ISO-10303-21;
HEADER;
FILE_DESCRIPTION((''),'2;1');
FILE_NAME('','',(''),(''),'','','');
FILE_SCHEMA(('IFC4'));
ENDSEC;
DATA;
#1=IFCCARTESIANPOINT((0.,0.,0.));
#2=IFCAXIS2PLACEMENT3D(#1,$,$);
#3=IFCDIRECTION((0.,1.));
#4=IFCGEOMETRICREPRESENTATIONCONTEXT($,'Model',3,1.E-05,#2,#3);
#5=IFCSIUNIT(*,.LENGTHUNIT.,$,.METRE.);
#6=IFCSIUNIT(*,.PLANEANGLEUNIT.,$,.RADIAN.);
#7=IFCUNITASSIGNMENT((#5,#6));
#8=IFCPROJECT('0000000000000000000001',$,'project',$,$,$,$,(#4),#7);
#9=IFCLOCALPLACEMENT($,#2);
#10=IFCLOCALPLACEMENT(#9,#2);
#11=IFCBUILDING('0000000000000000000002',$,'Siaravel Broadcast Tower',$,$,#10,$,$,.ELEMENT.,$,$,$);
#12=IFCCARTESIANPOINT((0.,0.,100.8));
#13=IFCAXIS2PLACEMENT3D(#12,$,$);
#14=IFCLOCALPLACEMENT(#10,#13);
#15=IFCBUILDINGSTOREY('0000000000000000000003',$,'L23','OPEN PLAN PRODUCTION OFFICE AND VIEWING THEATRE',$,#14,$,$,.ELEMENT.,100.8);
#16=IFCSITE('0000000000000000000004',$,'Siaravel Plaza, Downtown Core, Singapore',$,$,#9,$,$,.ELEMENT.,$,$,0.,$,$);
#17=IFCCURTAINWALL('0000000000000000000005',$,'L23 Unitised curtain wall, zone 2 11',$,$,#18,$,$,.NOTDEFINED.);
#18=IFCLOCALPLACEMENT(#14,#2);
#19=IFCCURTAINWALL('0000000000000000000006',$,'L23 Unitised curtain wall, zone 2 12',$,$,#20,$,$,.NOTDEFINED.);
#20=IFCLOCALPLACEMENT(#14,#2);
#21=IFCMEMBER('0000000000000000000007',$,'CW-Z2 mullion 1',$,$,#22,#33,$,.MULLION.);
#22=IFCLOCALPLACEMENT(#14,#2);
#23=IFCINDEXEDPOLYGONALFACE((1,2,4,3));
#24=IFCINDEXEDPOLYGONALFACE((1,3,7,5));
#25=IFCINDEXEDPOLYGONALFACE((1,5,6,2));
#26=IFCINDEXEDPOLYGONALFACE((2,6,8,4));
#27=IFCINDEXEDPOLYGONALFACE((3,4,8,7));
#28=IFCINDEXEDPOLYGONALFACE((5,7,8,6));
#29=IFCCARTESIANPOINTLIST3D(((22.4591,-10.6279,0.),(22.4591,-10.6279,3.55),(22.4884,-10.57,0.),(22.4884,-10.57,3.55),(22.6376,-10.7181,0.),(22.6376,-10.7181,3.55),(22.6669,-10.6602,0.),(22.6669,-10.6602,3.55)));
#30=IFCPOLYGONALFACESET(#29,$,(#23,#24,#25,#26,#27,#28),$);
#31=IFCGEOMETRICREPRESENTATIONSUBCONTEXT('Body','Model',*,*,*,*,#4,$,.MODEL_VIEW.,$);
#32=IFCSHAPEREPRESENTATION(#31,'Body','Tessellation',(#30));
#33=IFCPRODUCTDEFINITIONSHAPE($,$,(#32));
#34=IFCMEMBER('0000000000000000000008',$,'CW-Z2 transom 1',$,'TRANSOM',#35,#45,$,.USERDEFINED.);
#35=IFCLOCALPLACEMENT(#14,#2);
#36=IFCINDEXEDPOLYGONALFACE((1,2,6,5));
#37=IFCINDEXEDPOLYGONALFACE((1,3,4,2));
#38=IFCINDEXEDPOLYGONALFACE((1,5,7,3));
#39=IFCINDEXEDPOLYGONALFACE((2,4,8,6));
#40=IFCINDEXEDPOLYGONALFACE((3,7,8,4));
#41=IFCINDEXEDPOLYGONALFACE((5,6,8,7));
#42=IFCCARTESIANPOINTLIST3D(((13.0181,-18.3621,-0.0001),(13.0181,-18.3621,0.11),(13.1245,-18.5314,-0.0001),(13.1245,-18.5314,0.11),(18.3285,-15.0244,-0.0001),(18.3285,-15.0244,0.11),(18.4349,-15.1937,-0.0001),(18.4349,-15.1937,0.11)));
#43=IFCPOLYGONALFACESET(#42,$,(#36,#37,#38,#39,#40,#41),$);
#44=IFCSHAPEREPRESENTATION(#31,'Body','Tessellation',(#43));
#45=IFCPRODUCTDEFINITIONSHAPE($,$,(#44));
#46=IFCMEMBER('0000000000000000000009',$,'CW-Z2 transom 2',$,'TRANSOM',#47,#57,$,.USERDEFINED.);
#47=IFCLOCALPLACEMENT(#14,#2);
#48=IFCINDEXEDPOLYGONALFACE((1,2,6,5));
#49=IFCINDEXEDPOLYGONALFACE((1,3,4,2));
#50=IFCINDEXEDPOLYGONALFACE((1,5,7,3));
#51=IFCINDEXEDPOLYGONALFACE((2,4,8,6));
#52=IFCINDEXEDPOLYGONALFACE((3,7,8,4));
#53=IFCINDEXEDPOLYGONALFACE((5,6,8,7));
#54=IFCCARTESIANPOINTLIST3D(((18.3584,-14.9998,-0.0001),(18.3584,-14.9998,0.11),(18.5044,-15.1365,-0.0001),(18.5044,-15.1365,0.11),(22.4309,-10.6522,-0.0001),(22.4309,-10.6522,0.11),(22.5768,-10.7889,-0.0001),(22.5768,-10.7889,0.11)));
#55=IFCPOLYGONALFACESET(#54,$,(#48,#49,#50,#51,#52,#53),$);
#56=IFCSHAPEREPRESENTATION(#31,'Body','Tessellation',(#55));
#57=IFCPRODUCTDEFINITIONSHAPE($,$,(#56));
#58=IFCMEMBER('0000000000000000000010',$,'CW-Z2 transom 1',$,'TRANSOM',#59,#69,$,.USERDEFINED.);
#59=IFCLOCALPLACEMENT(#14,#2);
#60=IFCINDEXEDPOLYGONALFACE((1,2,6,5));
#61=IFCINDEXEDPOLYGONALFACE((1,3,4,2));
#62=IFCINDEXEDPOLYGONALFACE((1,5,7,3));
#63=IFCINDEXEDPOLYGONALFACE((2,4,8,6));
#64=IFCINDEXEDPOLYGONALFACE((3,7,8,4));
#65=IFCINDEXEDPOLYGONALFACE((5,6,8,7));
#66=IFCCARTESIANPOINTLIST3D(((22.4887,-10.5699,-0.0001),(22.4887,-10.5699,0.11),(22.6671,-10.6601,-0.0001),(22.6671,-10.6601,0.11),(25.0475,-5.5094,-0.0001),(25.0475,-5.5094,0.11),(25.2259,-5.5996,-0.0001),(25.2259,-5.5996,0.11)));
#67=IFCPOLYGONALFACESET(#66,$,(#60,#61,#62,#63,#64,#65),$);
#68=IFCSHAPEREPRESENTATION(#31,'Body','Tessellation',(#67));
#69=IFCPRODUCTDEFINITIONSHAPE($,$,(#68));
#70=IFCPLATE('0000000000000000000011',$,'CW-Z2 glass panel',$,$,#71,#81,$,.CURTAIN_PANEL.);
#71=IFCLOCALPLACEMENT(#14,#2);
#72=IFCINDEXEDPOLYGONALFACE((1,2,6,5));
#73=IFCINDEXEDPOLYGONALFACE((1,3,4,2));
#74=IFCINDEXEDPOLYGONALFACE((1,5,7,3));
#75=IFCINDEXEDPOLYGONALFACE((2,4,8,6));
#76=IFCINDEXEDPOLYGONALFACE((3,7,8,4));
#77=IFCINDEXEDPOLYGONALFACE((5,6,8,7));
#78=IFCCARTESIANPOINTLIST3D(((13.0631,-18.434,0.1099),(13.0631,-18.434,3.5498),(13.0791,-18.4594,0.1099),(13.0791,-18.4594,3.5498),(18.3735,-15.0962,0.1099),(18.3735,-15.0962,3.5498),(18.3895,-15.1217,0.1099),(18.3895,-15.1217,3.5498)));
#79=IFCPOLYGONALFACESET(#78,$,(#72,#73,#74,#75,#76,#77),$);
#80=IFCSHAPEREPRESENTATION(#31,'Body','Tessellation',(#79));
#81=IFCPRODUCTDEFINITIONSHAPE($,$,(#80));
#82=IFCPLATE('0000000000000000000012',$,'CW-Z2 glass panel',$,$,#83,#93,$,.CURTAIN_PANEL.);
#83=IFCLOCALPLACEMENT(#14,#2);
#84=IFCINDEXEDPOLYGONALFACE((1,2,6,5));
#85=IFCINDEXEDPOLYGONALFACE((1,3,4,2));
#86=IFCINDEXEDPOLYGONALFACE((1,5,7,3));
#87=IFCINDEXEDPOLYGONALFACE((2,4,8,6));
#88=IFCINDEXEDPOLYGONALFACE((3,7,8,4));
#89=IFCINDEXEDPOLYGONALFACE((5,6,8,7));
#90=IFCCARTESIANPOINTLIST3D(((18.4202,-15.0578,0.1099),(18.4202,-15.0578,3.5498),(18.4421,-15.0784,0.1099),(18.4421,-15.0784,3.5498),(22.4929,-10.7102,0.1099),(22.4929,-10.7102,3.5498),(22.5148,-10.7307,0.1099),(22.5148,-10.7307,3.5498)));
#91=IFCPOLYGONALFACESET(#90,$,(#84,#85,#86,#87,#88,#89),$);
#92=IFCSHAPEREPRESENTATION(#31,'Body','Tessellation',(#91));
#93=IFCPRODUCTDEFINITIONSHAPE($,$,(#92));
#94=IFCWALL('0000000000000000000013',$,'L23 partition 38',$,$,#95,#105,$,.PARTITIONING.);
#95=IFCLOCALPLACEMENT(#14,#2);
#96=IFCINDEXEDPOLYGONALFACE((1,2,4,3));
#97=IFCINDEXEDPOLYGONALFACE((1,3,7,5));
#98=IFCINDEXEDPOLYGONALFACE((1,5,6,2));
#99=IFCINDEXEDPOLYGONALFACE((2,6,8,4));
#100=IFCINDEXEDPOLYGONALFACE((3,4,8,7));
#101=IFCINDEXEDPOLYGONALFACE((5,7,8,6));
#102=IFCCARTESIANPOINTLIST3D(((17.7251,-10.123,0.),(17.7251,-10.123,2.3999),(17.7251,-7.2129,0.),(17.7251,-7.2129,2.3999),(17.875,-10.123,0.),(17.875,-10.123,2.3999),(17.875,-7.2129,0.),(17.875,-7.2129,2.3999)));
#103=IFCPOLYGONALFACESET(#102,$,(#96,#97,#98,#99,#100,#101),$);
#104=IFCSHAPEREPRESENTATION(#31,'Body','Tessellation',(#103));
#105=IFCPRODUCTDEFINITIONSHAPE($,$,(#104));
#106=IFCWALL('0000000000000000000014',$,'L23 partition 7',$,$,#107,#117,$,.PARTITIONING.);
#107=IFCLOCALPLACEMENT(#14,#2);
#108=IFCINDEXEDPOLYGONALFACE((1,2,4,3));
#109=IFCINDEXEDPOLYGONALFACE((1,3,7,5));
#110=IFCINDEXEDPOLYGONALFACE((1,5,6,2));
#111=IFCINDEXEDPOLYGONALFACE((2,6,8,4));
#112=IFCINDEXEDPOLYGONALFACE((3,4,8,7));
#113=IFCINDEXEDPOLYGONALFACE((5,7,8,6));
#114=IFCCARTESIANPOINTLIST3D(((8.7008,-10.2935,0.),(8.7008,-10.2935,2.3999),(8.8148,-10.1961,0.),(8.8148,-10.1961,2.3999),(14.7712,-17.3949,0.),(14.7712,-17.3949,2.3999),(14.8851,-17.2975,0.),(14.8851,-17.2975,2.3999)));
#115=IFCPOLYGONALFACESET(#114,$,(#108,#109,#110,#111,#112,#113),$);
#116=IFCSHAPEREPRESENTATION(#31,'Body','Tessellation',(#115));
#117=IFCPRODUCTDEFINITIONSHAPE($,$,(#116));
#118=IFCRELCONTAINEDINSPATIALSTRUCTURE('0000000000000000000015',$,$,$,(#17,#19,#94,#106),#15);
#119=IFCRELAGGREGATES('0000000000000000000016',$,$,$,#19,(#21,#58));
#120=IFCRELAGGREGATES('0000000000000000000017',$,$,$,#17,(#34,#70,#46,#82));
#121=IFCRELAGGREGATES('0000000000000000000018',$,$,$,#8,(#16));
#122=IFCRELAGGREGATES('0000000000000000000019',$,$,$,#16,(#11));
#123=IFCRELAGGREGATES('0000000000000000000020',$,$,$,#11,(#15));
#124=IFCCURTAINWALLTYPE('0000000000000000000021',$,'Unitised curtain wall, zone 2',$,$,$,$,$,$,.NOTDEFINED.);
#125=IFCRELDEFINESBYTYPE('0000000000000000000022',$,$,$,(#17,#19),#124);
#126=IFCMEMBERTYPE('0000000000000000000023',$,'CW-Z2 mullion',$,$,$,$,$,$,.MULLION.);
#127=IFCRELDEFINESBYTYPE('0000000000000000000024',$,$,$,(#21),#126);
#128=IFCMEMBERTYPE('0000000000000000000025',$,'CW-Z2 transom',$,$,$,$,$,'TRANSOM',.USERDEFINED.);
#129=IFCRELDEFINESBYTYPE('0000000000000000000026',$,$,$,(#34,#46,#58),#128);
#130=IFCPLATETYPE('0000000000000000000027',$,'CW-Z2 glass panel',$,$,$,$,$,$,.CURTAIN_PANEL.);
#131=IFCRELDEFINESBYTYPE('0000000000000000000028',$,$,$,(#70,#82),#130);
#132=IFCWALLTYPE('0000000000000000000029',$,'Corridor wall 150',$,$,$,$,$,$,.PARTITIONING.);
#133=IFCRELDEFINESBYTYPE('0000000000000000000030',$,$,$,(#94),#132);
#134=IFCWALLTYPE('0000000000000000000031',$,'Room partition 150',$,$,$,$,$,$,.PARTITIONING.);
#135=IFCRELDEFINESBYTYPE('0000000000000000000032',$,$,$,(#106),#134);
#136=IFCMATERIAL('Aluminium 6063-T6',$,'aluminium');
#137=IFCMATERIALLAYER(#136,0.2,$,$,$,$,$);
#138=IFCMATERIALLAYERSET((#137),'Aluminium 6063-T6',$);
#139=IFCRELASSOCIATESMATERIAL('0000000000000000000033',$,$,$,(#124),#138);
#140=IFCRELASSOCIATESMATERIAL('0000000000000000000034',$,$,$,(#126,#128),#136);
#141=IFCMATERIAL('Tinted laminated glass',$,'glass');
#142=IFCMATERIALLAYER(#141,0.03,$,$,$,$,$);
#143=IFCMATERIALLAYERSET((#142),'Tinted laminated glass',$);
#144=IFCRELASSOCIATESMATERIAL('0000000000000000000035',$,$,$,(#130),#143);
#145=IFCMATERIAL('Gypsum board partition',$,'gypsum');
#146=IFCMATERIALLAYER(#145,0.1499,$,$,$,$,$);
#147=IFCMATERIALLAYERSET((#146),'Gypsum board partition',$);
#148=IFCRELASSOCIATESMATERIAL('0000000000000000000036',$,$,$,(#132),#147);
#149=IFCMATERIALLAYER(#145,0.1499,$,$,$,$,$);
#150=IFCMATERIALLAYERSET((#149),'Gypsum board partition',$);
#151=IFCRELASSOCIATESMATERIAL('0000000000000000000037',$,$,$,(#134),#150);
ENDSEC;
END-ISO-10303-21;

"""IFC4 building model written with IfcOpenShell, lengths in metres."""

from ifc_helpers import new_model, si_unit, direction, frame, frame_2d, origin, origin_2d, place, context, subcontext, project, spatial, rectangle, extrude, material, layer, layer_set, material_profile, profile_set, type_object, element, aggregate, save


model = new_model("IFC4")

# Units and contexts
model_context = context("Model", 3, precision=1e-05, world=origin(), true_north=direction((0.0, 1.0)))
body_context = subcontext(model_context, "Body", "Model", "MODEL_VIEW")
ifc_project = project(units=[si_unit("LENGTHUNIT", "METRE"), si_unit("PLANEANGLEUNIT", "RADIAN")], contexts=[model_context])

# Site, building, storey
site_placement = place(None, origin())
site = spatial("IfcSite", under=ifc_project, at=site_placement, Name="Siaravel Plaza, Downtown Core, Singapore", CompositionType="ELEMENT", RefElevation=0.0)
building_placement = place(site_placement, origin())
building = spatial("IfcBuilding", under=site, at=building_placement, Name="Siaravel Broadcast Tower", CompositionType="ELEMENT")
storey_placement = place(building_placement, frame((0.0, 0.0, 100.8)))
storey = spatial("IfcBuildingStorey", under=building, at=storey_placement, Name="L23", Description="OPEN PLAN PRODUCTION OFFICE AND VIEWING THEATRE", CompositionType="ELEMENT", Elevation=100.8)

# Shared definitions
ifc_material_1 = material(Name="Aluminium 6063-T6", Category="aluminium")
ifc_layer_1 = layer(ifc_material_1, 0.2)
ifc_layer_set_1 = layer_set([ifc_layer_1], Name="Aluminium 6063-T6")
curtain_wall_type = type_object("IfcCurtainWallType", Name="Unitised curtain wall, zone 2", PredefinedType="NOTDEFINED", material=ifc_layer_set_1)
ifc_material_profile_1 = material_profile(ifc_material_1, rectangle(XDim=0.2, YDim=0.0649, at=origin_2d()))
ifc_profile_set_1 = profile_set([ifc_material_profile_1], Name="Aluminium 6063-T6")
member_type_1 = type_object("IfcMemberType", Name="CW-Z2 mullion", PredefinedType="MULLION", material=ifc_profile_set_1)

# Curtain wall
curtain_wall_1_placement = place(storey_placement, origin())
curtain_wall_1 = element("IfcCurtainWall", 1, at=curtain_wall_1_placement, inside=storey, type_object=curtain_wall_type, Name="L23 Unitised curtain wall, zone 2 11", PredefinedType="NOTDEFINED")

# Curtain wall, member
curtain_wall_2_placement = place(storey_placement, origin())
curtain_wall_2 = element("IfcCurtainWall", 2, at=curtain_wall_2_placement, inside=storey, type_object=curtain_wall_type, Name="L23 Unitised curtain wall, zone 2 12", PredefinedType="NOTDEFINED")
member_1_placement = place(storey_placement, frame((22.563, -10.644, 0.0), z_axis=(0.0, 0.0, 1.0), x_axis=(-0.892392, 0.451261, 0.0)))
member_1 = element("IfcMember", 3, at=member_1_placement, type_object=member_type_1, Name="CW-Z2 mullion 1", PredefinedType="MULLION", context=body_context, shape_type="SweptSolid", body=[
    extrude(rectangle(XDim=0.2, YDim=0.0649, at=origin_2d()), origin(), (0.0, 0.0, 1.0), 3.55),
])

# Members
ifc_material_profile_2 = material_profile(ifc_material_1, rectangle(XDim=0.2, YDim=0.1101, at=origin_2d()))
ifc_profile_set_2 = profile_set([ifc_material_profile_2], Name="Aluminium 6063-T6")
member_type_2 = type_object("IfcMemberType", Name="CW-Z2 transom", ElementType="TRANSOM", PredefinedType="USERDEFINED", material=ifc_profile_set_2)
member_2_placement = place(storey_placement, frame((13.0713, -18.4468, 0.0549), z_axis=(0.846655, 0.532142, 0.0), x_axis=(-0.532142, 0.846655, 0.0)))
member_2 = element("IfcMember", 4, at=member_2_placement, type_object=member_type_2, Name="CW-Z2 transom 1", ObjectType="TRANSOM", PredefinedType="USERDEFINED", context=body_context, shape_type="SweptSolid", body=[
    extrude(rectangle(XDim=0.2, YDim=0.1101, at=origin_2d()), origin(), (0.0, 0.0, 1.0), 6.2722),
])
member_3_placement = place(storey_placement, frame((18.4314, -15.0681, 0.0549), z_axis=(0.683636, 0.729823, 0.0), x_axis=(-0.729823, 0.683636, 0.0)))
member_3 = element("IfcMember", 5, at=member_3_placement, type_object=member_type_2, Name="CW-Z2 transom 2", ObjectType="TRANSOM", PredefinedType="USERDEFINED", context=body_context, shape_type="SweptSolid", body=[
    extrude(rectangle(XDim=0.2, YDim=0.1101, at=origin_2d()), origin(), (0.0, 0.0, 1.0), 5.957),
])
member_4_placement = place(storey_placement, frame((22.5779, -10.615, 0.0549), z_axis=(0.451239, 0.892403, 0.0), x_axis=(-0.892403, 0.451239, 0.0)))
member_4 = element("IfcMember", 6, at=member_4_placement, type_object=member_type_2, Name="CW-Z2 transom 1", ObjectType="TRANSOM", PredefinedType="USERDEFINED", context=body_context, shape_type="SweptSolid", body=[
    extrude(rectangle(XDim=0.2, YDim=0.1101, at=origin_2d()), origin(), (0.0, 0.0, 1.0), 5.6707),
])
aggregate(curtain_wall_2, [member_1, member_4])

# Plates
ifc_material_2 = material(Name="Tinted laminated glass", Category="glass")
ifc_layer_2 = layer(ifc_material_2, 0.03)
ifc_layer_set_2 = layer_set([ifc_layer_2], Name="Tinted laminated glass")
plate_type = type_object("IfcPlateType", Name="CW-Z2 glass panel", PredefinedType="CURTAIN_PANEL", material=ifc_layer_set_2)
plate_1_placement = place(storey_placement, frame((15.7263, -16.7778, 0.1099), z_axis=(0.0, 0.0, 1.0), x_axis=(0.846651, 0.532149, 0.0)))
plate_1 = element("IfcPlate", 7, at=plate_1_placement, type_object=plate_type, Name="CW-Z2 glass panel", PredefinedType="CURTAIN_PANEL", context=body_context, shape_type="SweptSolid", body=[
    extrude(rectangle(XDim=6.2722, YDim=0.03, at=origin_2d()), origin(), (0.0, 0.0, 1.0), 3.4399),
])
plate_2_placement = place(storey_placement, frame((20.4675, -12.8943, 0.1099), z_axis=(0.0, 0.0, 1.0), x_axis=(0.683656, 0.729805, 0.0)))
plate_2 = element("IfcPlate", 8, at=plate_2_placement, type_object=plate_type, Name="CW-Z2 glass panel", PredefinedType="CURTAIN_PANEL", context=body_context, shape_type="SweptSolid", body=[
    extrude(rectangle(XDim=5.9573, YDim=0.03, at=origin_2d()), origin(), (0.0, 0.0, 1.0), 3.4399),
])
aggregate(curtain_wall_1, [member_2, plate_1, member_3, plate_2])

# Walls
ifc_material_3 = material(Name="Gypsum board partition", Category="gypsum")
ifc_layer_3 = layer(ifc_material_3, 0.1499)
ifc_layer_set_3 = layer_set([ifc_layer_3], Name="Gypsum board partition")
wall_type_1 = type_object("IfcWallType", Name="Corridor wall 150", PredefinedType="PARTITIONING", material=ifc_layer_set_3)
wall_1_placement = place(storey_placement, frame((17.8, -10.123, 0.0), z_axis=(0.0, 0.0, 1.0), x_axis=(0.0, 1.0, 0.0)))
element("IfcWall", 9, at=wall_1_placement, inside=storey, type_object=wall_type_1, Name="L23 partition 38", PredefinedType="PARTITIONING", context=body_context, shape_type="SweptSolid", body=[
    extrude(rectangle(XDim=2.9102, YDim=0.1499, at=frame_2d((1.4551, 0.0))), origin(), (0.0, 0.0, 1.0), 2.3999),
])
ifc_layer_4 = layer(ifc_material_3, 0.1499)
ifc_layer_set_4 = layer_set([ifc_layer_4], Name="Gypsum board partition")
wall_type_2 = type_object("IfcWallType", Name="Room partition 150", PredefinedType="PARTITIONING", material=ifc_layer_set_4)
wall_2_placement = place(storey_placement, frame((14.8281, -17.3462, 0.0), z_axis=(0.0, 0.0, 1.0), x_axis=(-0.649771, 0.76013, 0.0)))
element("IfcWall", 10, at=wall_2_placement, inside=storey, type_object=wall_type_2, Name="L23 partition 7", PredefinedType="PARTITIONING", context=body_context, shape_type="SweptSolid", body=[
    extrude(rectangle(XDim=9.3423, YDim=0.1499, at=frame_2d((4.6711, 0.0))), origin(), (0.0, 0.0, 1.0), 2.3999),
])

save(model, "model.ifc")
